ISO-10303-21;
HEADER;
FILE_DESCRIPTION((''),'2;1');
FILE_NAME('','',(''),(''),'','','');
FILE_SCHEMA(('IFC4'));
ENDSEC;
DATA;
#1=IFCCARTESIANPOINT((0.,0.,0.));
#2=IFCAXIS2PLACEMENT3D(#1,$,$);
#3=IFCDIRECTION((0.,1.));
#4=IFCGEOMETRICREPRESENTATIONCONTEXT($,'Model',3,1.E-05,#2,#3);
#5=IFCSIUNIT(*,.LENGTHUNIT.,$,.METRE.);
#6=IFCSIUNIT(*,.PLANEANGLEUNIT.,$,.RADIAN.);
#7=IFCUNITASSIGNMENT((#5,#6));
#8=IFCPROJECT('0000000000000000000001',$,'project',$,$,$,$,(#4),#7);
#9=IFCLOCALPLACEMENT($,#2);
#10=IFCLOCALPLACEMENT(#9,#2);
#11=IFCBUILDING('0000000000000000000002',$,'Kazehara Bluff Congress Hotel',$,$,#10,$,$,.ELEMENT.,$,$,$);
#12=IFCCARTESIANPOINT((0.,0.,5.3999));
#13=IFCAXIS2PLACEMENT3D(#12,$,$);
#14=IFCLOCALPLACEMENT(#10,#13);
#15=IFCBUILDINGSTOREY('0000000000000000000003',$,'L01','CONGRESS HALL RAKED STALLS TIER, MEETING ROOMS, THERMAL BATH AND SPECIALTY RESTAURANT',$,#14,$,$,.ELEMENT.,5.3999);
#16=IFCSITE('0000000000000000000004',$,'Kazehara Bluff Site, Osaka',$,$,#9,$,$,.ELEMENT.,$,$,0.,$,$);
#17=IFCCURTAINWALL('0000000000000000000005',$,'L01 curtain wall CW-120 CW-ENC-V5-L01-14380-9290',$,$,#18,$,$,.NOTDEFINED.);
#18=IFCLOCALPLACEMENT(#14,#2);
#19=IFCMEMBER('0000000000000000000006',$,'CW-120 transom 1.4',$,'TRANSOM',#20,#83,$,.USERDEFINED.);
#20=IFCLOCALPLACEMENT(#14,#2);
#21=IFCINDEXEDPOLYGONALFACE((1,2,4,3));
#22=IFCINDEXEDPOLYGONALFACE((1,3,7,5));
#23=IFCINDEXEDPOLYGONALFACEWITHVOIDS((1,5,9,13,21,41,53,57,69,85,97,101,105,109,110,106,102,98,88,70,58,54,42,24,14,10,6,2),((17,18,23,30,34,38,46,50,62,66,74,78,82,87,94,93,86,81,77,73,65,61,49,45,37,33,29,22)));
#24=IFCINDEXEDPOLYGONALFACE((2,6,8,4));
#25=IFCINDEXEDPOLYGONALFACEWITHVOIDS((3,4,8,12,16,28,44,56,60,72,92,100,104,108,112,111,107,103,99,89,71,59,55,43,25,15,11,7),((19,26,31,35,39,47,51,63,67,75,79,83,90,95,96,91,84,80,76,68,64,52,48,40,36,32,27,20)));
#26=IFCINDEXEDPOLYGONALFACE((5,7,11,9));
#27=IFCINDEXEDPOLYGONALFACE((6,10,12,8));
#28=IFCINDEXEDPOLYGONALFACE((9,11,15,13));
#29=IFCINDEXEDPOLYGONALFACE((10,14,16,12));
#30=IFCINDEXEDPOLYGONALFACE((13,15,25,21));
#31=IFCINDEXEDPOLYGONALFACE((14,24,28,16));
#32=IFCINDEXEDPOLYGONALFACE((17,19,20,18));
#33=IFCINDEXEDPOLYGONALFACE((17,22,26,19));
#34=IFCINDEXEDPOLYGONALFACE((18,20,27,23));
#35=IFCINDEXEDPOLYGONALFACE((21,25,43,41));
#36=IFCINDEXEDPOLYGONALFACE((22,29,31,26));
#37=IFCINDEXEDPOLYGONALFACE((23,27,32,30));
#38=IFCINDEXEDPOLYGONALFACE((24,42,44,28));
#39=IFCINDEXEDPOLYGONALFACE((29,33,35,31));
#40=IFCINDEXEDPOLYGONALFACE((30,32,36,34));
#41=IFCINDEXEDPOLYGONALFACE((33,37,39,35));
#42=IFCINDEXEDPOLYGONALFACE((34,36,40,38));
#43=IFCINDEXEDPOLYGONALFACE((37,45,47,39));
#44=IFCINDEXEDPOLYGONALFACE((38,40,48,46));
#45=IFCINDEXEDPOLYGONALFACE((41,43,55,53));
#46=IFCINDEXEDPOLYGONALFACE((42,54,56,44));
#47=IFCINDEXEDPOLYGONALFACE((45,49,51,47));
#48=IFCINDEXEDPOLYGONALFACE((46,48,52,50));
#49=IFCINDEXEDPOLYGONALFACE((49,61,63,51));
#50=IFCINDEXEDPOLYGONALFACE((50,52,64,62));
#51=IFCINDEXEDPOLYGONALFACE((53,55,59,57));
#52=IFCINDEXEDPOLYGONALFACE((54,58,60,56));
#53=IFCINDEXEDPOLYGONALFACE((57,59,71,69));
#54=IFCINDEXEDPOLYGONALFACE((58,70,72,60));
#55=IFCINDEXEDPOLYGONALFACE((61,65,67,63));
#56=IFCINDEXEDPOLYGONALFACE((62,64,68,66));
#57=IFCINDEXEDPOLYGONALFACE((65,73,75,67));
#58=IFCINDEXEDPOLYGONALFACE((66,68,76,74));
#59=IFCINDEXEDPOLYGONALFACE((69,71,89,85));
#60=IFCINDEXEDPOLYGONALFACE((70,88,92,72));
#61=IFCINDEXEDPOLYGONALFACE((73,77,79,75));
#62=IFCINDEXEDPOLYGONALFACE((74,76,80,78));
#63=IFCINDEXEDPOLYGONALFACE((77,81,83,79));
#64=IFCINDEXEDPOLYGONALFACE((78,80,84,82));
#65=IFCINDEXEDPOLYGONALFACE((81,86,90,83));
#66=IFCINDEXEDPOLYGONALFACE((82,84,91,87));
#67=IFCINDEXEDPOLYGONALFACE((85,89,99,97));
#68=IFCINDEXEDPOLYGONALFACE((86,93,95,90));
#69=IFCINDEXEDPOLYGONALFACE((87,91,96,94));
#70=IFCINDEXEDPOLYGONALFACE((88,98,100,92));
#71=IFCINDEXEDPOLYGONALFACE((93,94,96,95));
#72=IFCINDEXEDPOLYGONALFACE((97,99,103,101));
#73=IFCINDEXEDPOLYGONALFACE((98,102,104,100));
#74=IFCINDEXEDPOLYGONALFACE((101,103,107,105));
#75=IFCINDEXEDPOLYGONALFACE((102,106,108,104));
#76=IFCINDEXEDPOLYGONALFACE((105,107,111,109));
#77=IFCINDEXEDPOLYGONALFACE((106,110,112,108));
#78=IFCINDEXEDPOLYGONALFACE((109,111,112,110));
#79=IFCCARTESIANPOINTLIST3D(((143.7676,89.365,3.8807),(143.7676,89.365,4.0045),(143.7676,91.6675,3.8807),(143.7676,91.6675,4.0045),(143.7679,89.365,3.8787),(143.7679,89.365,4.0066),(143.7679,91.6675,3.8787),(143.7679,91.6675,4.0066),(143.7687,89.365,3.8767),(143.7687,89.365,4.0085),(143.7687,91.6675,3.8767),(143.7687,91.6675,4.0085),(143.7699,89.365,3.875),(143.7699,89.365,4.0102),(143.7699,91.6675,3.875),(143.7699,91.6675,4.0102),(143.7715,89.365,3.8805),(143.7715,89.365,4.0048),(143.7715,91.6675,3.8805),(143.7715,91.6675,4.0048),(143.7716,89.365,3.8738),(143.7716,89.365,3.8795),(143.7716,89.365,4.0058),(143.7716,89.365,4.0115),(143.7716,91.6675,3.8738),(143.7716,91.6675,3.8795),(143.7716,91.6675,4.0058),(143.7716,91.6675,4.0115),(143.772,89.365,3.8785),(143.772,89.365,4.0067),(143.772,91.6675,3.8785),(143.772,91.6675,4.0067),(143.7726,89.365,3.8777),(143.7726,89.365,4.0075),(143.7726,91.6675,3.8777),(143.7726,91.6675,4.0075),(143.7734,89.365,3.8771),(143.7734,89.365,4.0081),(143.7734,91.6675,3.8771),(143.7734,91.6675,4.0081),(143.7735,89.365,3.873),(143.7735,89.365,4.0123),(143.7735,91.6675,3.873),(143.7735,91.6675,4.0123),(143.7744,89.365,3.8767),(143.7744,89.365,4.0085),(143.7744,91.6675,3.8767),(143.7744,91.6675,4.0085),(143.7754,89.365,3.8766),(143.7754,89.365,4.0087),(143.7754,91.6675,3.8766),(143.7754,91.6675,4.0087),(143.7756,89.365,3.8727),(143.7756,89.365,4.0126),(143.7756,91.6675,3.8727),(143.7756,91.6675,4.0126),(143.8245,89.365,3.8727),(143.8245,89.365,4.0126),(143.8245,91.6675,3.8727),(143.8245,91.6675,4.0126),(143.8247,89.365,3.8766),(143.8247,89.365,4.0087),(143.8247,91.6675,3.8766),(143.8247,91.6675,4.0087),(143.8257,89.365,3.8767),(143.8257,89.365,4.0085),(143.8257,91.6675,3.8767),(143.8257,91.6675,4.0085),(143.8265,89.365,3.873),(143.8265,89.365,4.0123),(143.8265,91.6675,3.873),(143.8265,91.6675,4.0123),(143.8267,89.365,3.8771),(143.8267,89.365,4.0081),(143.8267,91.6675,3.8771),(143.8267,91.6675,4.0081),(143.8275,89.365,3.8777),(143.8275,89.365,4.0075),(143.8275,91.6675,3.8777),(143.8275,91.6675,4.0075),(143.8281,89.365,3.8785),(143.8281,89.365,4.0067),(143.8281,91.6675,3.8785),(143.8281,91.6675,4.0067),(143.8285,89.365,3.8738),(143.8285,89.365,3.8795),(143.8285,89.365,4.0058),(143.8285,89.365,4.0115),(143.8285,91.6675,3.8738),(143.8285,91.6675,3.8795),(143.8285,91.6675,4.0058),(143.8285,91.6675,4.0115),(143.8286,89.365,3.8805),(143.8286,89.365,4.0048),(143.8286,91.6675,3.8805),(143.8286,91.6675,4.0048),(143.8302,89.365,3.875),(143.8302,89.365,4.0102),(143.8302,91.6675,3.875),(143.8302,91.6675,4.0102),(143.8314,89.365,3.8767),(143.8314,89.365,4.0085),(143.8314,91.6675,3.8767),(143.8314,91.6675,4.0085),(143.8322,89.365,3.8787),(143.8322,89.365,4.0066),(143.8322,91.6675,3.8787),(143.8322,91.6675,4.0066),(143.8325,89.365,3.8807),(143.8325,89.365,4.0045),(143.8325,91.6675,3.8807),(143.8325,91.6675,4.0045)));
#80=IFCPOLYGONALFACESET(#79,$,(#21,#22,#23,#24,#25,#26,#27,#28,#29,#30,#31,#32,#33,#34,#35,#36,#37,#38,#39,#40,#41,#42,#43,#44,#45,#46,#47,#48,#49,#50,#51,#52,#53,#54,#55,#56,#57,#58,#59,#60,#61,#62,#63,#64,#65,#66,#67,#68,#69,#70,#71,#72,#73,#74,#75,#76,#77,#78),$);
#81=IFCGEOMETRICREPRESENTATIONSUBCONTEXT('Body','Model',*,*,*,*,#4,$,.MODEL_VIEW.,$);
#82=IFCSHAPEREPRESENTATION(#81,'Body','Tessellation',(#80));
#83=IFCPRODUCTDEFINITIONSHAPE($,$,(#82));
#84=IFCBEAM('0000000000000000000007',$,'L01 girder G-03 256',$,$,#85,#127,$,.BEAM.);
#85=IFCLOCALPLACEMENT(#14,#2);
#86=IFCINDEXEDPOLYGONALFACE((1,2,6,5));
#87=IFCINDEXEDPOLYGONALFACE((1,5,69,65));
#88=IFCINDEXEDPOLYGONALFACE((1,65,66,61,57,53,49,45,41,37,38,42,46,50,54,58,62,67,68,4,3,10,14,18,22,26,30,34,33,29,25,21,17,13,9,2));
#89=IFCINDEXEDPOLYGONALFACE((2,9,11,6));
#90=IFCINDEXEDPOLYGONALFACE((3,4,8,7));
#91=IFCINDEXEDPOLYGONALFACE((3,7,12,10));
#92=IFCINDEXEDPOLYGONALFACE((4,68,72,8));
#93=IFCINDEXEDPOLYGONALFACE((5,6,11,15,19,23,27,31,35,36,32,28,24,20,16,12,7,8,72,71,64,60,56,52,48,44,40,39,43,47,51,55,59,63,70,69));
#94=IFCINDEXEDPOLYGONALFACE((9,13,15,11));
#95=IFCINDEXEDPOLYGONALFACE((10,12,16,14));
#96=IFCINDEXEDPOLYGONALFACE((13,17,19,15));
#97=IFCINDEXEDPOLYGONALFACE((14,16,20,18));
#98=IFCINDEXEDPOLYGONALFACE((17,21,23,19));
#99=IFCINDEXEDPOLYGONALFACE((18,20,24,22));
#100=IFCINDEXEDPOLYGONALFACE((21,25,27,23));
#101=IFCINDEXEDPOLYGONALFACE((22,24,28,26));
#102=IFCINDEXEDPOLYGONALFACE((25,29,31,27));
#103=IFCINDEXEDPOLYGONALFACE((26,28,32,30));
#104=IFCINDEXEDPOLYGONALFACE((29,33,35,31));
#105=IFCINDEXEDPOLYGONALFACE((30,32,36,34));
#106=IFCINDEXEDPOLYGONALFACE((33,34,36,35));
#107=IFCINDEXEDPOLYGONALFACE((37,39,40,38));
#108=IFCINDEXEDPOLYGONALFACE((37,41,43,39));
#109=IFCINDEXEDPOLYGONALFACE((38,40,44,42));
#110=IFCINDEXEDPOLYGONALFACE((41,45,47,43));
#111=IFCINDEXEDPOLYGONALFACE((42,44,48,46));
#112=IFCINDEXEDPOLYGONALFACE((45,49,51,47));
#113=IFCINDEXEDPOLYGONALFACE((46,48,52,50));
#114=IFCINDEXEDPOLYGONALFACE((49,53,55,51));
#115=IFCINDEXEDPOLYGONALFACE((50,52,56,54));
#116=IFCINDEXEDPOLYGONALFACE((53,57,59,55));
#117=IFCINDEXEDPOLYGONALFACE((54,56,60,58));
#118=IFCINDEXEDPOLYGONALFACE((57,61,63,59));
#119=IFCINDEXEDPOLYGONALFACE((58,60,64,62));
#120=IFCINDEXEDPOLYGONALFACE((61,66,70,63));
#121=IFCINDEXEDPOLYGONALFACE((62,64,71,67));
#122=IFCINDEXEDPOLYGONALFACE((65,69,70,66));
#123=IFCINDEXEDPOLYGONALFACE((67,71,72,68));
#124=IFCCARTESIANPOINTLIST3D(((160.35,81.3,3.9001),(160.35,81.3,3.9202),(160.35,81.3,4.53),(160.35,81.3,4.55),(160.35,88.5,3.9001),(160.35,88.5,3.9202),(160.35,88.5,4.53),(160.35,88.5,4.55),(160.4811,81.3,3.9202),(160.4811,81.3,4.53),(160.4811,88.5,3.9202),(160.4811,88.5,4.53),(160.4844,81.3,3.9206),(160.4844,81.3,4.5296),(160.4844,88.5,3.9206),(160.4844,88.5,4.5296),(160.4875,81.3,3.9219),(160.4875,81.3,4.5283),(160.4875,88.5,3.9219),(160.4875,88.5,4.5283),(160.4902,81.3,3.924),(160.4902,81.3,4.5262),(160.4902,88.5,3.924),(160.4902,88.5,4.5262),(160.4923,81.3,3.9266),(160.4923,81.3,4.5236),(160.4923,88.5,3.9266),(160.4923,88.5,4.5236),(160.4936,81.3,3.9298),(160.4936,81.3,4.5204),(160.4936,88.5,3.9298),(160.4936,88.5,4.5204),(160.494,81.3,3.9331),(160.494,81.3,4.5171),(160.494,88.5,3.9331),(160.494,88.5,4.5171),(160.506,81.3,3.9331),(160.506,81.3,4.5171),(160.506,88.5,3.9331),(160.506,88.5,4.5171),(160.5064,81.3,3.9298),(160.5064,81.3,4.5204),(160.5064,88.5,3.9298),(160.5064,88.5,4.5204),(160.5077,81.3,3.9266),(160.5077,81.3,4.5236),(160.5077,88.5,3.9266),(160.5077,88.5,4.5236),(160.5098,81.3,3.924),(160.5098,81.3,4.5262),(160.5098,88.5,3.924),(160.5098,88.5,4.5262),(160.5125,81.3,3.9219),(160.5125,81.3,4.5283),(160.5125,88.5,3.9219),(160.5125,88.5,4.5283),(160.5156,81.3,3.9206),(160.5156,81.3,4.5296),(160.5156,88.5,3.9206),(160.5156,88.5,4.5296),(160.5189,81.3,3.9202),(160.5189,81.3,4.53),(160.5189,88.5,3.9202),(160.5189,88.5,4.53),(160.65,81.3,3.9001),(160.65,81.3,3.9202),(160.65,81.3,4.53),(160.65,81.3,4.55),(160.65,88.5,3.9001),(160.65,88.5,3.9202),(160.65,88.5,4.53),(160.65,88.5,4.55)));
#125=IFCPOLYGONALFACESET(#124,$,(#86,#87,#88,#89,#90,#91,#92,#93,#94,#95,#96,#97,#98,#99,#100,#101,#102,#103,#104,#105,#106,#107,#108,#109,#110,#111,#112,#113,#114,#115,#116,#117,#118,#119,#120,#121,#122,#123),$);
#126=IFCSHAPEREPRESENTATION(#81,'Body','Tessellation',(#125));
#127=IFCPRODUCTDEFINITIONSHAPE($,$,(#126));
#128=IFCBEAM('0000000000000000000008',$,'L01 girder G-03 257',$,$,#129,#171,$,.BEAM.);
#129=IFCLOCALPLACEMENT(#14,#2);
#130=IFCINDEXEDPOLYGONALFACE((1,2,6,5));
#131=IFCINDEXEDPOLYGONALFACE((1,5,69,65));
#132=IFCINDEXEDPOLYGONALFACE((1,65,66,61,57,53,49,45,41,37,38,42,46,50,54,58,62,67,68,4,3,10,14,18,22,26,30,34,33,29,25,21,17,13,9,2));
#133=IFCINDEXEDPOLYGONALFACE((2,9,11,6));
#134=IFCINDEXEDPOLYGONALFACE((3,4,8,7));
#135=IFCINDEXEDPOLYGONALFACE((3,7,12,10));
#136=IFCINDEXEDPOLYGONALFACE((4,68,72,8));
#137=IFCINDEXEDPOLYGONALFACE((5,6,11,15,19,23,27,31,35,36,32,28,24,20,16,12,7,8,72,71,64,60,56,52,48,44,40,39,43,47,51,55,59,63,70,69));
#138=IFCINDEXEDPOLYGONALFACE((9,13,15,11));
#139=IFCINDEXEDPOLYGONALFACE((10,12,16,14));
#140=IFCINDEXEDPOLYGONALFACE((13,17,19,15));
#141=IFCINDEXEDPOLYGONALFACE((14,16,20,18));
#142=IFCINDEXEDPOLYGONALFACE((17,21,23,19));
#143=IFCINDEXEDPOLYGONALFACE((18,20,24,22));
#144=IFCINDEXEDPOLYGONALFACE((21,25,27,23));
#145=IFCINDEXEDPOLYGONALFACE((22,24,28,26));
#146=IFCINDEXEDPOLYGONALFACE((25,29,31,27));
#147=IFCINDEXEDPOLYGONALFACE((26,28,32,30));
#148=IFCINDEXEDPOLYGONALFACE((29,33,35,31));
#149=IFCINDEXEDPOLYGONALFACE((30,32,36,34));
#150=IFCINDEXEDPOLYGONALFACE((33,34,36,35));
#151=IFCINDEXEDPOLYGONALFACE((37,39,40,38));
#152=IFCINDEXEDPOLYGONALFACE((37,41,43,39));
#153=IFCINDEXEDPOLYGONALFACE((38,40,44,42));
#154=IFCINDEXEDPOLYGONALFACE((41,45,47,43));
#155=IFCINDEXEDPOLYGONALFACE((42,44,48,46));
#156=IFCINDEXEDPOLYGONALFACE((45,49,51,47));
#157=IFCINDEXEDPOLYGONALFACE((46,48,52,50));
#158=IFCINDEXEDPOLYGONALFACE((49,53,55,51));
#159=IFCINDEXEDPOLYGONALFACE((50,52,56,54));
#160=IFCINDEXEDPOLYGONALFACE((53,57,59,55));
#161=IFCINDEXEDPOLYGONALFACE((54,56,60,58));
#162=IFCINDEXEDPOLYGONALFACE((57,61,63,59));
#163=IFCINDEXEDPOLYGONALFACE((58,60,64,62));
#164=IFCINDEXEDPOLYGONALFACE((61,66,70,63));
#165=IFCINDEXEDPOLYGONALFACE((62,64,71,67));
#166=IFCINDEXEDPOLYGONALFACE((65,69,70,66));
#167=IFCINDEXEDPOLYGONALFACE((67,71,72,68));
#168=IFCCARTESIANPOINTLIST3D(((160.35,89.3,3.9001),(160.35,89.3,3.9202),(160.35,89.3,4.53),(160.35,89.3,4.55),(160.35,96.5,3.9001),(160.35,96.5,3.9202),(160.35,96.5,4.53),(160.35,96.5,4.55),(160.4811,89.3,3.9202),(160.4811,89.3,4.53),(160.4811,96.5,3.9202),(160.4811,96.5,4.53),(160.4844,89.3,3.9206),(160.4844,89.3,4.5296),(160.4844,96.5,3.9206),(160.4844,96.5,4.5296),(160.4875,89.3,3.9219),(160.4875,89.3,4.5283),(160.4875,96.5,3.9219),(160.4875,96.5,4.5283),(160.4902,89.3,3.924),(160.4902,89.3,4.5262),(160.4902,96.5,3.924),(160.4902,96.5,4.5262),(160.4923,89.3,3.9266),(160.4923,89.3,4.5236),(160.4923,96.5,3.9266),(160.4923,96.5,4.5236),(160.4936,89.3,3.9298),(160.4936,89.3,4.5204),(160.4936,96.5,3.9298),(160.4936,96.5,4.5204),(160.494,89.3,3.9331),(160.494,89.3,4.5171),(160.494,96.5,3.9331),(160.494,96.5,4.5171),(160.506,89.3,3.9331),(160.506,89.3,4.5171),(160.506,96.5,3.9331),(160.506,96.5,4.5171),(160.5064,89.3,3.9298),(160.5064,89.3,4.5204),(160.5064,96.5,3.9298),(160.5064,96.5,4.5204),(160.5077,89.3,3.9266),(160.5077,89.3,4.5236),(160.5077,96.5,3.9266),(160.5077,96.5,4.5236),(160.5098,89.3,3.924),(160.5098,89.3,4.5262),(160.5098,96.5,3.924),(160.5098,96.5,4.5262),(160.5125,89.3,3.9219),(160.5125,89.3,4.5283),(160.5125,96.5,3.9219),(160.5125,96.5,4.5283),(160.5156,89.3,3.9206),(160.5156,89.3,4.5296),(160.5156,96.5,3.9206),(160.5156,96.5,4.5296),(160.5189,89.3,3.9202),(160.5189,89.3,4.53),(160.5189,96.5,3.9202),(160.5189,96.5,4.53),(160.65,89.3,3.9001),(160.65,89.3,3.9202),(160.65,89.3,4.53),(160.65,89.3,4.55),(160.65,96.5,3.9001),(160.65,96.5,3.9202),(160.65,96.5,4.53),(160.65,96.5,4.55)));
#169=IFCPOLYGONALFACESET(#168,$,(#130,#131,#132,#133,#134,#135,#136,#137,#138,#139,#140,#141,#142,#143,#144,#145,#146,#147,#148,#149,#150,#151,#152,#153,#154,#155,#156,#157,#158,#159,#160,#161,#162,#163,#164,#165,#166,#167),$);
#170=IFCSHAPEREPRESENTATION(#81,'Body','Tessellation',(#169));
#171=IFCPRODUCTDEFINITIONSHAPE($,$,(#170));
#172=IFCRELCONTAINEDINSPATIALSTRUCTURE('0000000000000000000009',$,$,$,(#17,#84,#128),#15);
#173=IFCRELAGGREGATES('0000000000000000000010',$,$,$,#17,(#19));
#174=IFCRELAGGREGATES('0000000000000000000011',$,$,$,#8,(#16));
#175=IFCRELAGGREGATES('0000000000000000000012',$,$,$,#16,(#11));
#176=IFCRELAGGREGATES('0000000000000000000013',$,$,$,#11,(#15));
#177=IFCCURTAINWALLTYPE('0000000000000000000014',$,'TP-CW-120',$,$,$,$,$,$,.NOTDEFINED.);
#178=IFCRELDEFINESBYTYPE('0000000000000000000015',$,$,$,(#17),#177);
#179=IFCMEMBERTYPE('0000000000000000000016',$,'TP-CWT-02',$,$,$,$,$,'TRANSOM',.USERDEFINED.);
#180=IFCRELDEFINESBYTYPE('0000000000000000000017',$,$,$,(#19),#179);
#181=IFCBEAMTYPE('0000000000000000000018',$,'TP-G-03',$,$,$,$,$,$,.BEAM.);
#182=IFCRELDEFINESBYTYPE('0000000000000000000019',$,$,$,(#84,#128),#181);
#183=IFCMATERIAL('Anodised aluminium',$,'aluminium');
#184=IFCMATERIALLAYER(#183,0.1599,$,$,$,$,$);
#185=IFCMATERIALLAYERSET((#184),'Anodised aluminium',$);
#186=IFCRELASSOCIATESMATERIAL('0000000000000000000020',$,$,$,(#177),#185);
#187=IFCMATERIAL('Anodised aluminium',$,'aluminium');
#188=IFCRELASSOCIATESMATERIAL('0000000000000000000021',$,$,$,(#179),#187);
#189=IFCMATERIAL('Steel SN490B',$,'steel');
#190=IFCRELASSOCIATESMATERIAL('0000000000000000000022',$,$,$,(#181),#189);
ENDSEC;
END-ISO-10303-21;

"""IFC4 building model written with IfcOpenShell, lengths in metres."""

from ifc_helpers import new_model, si_unit, direction, frame, origin, origin_2d, place, context, subcontext, project, spatial, hollow_rectangle, i_section, extrude, material, layer, layer_set, material_profile, profile_set, type_object, element, aggregate, save


model = new_model("IFC4")

# Units and contexts
model_context = context("Model", 3, precision=1e-05, world=origin(), true_north=direction((0.0, 1.0)))
body_context = subcontext(model_context, "Body", "Model", "MODEL_VIEW")
ifc_project = project(units=[si_unit("LENGTHUNIT", "METRE"), si_unit("PLANEANGLEUNIT", "RADIAN")], contexts=[model_context])

# Site, building, storey
site_placement = place(None, origin())
site = spatial("IfcSite", under=ifc_project, at=site_placement, Name="Kazehara Bluff Site, Osaka", CompositionType="ELEMENT", RefElevation=0.0)
building_placement = place(site_placement, origin())
building = spatial("IfcBuilding", under=site, at=building_placement, Name="Kazehara Bluff Congress Hotel", CompositionType="ELEMENT")
storey_placement = place(building_placement, frame((0.0, 0.0, 5.3999)))
storey = spatial("IfcBuildingStorey", under=building, at=storey_placement, Name="L01", Description="CONGRESS HALL RAKED STALLS TIER, MEETING ROOMS, THERMAL BATH AND SPECIALTY RESTAURANT", CompositionType="ELEMENT", Elevation=5.3999)

# Curtain wall
ifc_material_1 = material(Name="Anodised aluminium", Category="aluminium")
ifc_layer_1 = layer(ifc_material_1, 0.1599)
ifc_layer_set_1 = layer_set([ifc_layer_1], Name="Anodised aluminium")
curtain_wall_type = type_object("IfcCurtainWallType", Name="TP-CW-120", PredefinedType="NOTDEFINED", material=ifc_layer_set_1)
curtain_wall_1_placement = place(storey_placement, origin())
curtain_wall_1 = element("IfcCurtainWall", 1, at=curtain_wall_1_placement, inside=storey, type_object=curtain_wall_type, Name="L01 curtain wall CW-120 CW-ENC-V5-L01-14380-9290", PredefinedType="NOTDEFINED")

# Member
ifc_material_2 = material(Name="Anodised aluminium", Category="aluminium")
ifc_material_profile_1 = material_profile(ifc_material_2, hollow_rectangle(XDim=0.0649, YDim=0.1399, WallThickness=0.0039, InnerFilletRadius=0.0039, OuterFilletRadius=0.0081, at=origin_2d()))
ifc_profile_set_1 = profile_set([ifc_material_profile_1], Name="Anodised aluminium")
member_type_1 = type_object("IfcMemberType", Name="TP-CWT-02", ElementType="TRANSOM", PredefinedType="USERDEFINED", material=ifc_profile_set_1)
member_1_placement = place(storey_placement, frame((143.8, 89.365, 3.9426), z_axis=(0.0, 1.0, 0.0), x_axis=(-1.0, 0.0, 0.0)))
member_1 = element("IfcMember", 2, at=member_1_placement, type_object=member_type_1, Name="CW-120 transom 1.4", ObjectType="TRANSOM", PredefinedType="USERDEFINED", context=body_context, shape_type="SweptSolid", body=[
    extrude(hollow_rectangle(XDim=0.0649, YDim=0.1399, WallThickness=0.0039, InnerFilletRadius=0.0039, OuterFilletRadius=0.0081, at=origin_2d()), origin(), (0.0, 0.0, 1.0), 2.3025),
])

# Beams
ifc_material_3 = material(Name="Steel SN490B", Category="steel")
ifc_material_profile_2 = material_profile(ifc_material_3, i_section(OverallWidth=0.3, OverallDepth=0.6499, WebThickness=0.012, FlangeThickness=0.02, FilletRadius=0.0129, at=origin_2d()))
ifc_profile_set_2 = profile_set([ifc_material_profile_2], Name="Steel SN490B")
beam_type_1 = type_object("IfcBeamType", Name="TP-G-03", PredefinedType="BEAM", material=ifc_profile_set_2)
for number, where, z_axis, x_axis, name in (
    (3, (160.5, 81.3, 4.2251), (0.0, 1.0, 0.0), (-1.0, 0.0, 0.0), "L01 girder G-03 256"),
    (4, (160.5, 89.3, 4.2251), (0.0, 1.0, 0.0), (-1.0, 0.0, 0.0), "L01 girder G-03 257"),
):
    element("IfcBeam", number, at=place(storey_placement, frame(where, z_axis=z_axis, x_axis=x_axis)), inside=storey, type_object=beam_type_1, Name=name, PredefinedType="BEAM", context=body_context, shape_type="SweptSolid", body=[
        extrude(i_section(OverallWidth=0.3, OverallDepth=0.6499, WebThickness=0.012, FlangeThickness=0.02, FilletRadius=0.0129, at=origin_2d()), origin(), (0.0, 0.0, 1.0), 7.2),
    ])

aggregate(curtain_wall_1, [member_1])

save(model, "model.ifc")
